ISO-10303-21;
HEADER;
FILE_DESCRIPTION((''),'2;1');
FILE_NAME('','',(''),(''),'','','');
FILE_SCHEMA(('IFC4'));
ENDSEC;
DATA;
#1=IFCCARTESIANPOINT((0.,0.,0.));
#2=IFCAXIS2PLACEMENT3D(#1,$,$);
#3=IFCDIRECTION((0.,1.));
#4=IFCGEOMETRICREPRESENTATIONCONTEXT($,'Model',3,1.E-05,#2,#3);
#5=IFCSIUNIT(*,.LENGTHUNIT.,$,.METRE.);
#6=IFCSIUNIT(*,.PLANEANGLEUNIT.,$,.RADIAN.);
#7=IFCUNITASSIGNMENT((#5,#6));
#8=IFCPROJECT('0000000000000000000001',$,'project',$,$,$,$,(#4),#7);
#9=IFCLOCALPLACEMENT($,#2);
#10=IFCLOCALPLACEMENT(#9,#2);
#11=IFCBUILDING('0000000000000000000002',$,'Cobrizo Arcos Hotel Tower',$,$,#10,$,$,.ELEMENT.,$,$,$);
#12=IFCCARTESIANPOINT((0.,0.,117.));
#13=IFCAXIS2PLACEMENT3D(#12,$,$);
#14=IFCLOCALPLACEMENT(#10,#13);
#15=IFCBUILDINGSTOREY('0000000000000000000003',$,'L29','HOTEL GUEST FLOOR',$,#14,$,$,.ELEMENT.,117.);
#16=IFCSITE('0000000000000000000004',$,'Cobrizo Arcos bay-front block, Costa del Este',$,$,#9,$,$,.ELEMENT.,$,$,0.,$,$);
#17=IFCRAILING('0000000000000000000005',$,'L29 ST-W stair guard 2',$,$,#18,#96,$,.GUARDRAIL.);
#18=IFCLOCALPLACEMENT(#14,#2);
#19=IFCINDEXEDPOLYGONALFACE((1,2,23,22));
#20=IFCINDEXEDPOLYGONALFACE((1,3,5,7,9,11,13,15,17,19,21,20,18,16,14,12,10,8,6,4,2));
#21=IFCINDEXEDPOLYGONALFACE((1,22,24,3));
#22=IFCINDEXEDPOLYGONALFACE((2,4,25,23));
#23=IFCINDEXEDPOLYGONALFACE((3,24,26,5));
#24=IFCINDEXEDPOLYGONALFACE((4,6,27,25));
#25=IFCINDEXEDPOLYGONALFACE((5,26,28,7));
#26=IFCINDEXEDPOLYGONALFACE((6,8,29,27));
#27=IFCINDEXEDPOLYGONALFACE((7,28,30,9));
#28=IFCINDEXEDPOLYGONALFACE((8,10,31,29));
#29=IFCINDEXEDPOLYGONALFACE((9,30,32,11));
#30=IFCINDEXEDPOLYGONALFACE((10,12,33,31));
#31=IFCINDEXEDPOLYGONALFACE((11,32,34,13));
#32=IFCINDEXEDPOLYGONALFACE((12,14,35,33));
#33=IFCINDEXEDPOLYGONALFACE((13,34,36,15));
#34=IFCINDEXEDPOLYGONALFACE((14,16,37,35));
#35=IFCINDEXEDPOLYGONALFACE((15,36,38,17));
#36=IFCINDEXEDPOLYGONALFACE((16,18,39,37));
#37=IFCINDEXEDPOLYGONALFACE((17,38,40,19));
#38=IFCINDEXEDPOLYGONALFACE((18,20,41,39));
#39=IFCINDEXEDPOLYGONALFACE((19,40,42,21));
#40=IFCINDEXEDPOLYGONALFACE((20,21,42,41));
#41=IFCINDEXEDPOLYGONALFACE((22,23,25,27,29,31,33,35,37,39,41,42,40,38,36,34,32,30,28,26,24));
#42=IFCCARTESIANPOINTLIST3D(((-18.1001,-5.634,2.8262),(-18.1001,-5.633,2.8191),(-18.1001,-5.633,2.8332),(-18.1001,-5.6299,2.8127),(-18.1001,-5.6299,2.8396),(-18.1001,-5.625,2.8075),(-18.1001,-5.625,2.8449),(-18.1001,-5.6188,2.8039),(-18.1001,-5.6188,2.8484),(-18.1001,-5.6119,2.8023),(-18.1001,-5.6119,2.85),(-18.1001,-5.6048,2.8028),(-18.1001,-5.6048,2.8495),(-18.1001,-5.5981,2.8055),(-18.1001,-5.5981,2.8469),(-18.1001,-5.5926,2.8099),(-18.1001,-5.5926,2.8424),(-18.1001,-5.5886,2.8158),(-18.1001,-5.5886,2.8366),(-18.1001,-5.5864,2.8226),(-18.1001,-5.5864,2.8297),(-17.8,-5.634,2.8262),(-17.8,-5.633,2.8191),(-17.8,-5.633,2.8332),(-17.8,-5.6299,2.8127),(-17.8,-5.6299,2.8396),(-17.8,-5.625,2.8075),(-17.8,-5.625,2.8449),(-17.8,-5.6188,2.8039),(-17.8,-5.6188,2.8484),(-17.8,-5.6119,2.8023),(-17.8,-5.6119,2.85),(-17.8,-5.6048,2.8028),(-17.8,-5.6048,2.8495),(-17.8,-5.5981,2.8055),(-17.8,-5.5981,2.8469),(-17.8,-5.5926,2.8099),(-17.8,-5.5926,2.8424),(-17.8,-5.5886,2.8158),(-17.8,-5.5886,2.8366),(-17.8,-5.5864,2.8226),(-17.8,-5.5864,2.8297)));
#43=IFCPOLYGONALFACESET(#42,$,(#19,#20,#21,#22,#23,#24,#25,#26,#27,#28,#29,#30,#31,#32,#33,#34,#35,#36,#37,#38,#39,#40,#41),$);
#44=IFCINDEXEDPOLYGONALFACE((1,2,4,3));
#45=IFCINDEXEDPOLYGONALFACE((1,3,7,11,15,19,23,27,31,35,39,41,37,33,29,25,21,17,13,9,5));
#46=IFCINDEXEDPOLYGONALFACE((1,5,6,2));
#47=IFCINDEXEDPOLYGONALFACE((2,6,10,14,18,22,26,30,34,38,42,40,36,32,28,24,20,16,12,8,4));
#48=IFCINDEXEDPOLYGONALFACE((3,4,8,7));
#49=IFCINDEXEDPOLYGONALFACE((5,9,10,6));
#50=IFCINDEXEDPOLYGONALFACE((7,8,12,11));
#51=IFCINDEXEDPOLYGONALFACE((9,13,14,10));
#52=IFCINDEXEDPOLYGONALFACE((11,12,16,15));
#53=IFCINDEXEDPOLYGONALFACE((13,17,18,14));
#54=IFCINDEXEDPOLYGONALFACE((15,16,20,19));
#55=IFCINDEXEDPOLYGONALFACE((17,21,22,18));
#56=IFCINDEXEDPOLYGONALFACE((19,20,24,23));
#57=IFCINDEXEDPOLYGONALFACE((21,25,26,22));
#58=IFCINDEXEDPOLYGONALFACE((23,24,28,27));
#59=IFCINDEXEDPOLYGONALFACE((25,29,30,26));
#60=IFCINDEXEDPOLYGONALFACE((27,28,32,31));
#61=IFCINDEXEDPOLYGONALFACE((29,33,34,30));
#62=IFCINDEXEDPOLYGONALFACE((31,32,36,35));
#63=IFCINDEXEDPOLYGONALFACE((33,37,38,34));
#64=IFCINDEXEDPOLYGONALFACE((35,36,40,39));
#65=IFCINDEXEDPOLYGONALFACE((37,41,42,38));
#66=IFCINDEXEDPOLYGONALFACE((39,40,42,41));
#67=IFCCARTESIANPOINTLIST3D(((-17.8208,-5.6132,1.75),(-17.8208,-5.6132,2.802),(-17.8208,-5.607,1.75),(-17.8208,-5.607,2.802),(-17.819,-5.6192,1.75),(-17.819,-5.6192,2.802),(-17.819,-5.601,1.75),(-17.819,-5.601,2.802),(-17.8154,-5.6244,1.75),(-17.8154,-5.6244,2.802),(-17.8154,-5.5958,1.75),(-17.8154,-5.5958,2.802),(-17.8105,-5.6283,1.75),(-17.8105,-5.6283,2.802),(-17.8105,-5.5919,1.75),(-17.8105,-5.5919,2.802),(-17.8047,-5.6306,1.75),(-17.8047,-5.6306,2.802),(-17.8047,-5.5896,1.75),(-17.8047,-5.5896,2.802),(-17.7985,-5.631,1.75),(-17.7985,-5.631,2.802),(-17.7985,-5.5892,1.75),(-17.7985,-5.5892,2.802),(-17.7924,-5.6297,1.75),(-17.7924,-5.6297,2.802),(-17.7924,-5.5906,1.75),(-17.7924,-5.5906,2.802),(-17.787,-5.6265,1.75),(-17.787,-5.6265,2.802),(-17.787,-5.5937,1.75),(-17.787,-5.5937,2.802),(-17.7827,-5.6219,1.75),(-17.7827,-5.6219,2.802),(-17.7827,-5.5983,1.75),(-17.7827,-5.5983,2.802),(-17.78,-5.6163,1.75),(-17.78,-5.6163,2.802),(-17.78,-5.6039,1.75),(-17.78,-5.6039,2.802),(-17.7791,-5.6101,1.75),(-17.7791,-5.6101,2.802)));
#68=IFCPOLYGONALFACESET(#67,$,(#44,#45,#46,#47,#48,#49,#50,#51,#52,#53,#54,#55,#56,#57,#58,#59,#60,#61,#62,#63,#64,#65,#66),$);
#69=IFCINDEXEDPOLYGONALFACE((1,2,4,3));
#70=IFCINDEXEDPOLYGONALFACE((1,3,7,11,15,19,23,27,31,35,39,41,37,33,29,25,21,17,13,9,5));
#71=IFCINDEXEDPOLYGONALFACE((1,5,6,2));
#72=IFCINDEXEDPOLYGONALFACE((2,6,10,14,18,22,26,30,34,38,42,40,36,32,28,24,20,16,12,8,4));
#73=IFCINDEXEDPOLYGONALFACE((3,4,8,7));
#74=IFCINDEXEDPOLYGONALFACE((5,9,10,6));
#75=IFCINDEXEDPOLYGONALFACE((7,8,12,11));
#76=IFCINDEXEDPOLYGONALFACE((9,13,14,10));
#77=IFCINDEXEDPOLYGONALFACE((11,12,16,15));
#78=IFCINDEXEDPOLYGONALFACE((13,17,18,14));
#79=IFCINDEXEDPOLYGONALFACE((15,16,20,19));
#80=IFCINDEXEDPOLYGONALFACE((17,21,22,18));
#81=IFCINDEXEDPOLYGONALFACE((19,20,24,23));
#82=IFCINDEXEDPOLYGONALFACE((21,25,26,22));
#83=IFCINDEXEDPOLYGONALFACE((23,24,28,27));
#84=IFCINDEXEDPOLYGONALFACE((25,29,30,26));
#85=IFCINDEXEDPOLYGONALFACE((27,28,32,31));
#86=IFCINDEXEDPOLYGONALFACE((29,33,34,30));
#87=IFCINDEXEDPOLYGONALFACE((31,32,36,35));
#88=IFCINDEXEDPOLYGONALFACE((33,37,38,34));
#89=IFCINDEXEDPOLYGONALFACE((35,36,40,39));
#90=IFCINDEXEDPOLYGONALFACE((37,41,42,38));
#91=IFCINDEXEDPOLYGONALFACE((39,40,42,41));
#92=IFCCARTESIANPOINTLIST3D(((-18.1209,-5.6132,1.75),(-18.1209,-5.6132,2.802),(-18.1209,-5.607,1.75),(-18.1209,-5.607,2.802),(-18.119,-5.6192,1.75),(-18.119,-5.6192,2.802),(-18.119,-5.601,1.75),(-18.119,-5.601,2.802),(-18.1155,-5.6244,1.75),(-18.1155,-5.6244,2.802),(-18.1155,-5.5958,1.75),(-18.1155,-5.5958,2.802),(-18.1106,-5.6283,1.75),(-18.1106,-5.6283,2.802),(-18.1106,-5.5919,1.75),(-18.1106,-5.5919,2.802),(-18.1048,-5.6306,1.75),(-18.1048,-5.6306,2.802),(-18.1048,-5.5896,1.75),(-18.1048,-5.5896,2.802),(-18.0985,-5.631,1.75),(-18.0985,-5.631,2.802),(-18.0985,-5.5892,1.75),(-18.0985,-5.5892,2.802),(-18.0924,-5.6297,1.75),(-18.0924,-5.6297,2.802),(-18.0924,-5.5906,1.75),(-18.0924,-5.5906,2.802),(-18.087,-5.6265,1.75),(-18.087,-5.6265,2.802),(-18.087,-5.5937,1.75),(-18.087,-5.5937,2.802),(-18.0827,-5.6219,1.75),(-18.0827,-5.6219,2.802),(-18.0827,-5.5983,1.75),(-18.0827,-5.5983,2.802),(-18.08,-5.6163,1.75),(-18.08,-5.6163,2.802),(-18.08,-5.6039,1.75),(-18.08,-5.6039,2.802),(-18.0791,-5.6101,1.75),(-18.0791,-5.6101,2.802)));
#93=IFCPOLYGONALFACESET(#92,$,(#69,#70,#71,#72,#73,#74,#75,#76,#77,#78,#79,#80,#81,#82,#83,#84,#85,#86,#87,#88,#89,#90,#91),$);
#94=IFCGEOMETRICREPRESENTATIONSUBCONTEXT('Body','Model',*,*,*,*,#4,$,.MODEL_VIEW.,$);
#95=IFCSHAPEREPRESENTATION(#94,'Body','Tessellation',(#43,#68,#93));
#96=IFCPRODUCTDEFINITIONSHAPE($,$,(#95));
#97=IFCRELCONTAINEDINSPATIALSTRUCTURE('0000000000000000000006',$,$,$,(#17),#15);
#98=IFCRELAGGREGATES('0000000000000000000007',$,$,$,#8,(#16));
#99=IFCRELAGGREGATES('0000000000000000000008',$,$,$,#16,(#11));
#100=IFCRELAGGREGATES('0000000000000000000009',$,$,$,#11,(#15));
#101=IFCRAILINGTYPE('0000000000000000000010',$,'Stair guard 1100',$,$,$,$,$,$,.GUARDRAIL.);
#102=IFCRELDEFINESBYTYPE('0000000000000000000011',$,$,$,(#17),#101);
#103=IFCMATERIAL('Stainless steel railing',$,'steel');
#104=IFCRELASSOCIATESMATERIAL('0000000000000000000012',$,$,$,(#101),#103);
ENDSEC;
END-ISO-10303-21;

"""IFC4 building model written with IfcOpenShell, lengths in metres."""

from ifc_helpers import new_model, si_unit, direction, frame, origin, origin_2d, place, context, subcontext, project, spatial, circle, extrude, material, type_object, element, save


model = new_model("IFC4")

# Units and contexts
model_context = context("Model", 3, precision=1e-05, world=origin(), true_north=direction((0.0, 1.0)))
body_context = subcontext(model_context, "Body", "Model", "MODEL_VIEW")
ifc_project = project(units=[si_unit("LENGTHUNIT", "METRE"), si_unit("PLANEANGLEUNIT", "RADIAN")], contexts=[model_context])

# Site, building, storey
site_placement = place(None, origin())
site = spatial("IfcSite", under=ifc_project, at=site_placement, Name="Cobrizo Arcos bay-front block, Costa del Este", CompositionType="ELEMENT", RefElevation=0.0)
building_placement = place(site_placement, origin())
building = spatial("IfcBuilding", under=site, at=building_placement, Name="Cobrizo Arcos Hotel Tower", CompositionType="ELEMENT")
storey_placement = place(building_placement, frame((0.0, 0.0, 117.0)))
storey = spatial("IfcBuildingStorey", under=building, at=storey_placement, Name="L29", Description="HOTEL GUEST FLOOR", CompositionType="ELEMENT", Elevation=117.0)

# Railing
ifc_material_1 = material(Name="Stainless steel railing", Category="steel")
railing_type_1 = type_object("IfcRailingType", Name="Stair guard 1100", PredefinedType="GUARDRAIL", material=ifc_material_1)
railing_1_placement = place(storey_placement, frame((-17.8, -5.6101, 1.75)))
element("IfcRailing", 1, at=railing_1_placement, inside=storey, type_object=railing_type_1, Name="L29 ST-W stair guard 2", PredefinedType="GUARDRAIL", context=body_context, shape_type="SweptSolid", body=[
    extrude(circle(Radius=0.0239, at=origin_2d()), frame((0.0, 0.0, 1.0762), z_axis=(-1.0, 0.0, 0.0), x_axis=(0.0, -1.0, 0.0)), (0.0, 0.0, 1.0), 0.3),
    extrude(circle(Radius=0.021, at=origin_2d()), origin(), (0.0, 0.0, 1.0), 1.052),
    extrude(circle(Radius=0.021, at=origin_2d()), frame((-0.3, 0.0, 0.0)), (0.0, 0.0, 1.0), 1.052),
])

save(model, "model.ifc")
